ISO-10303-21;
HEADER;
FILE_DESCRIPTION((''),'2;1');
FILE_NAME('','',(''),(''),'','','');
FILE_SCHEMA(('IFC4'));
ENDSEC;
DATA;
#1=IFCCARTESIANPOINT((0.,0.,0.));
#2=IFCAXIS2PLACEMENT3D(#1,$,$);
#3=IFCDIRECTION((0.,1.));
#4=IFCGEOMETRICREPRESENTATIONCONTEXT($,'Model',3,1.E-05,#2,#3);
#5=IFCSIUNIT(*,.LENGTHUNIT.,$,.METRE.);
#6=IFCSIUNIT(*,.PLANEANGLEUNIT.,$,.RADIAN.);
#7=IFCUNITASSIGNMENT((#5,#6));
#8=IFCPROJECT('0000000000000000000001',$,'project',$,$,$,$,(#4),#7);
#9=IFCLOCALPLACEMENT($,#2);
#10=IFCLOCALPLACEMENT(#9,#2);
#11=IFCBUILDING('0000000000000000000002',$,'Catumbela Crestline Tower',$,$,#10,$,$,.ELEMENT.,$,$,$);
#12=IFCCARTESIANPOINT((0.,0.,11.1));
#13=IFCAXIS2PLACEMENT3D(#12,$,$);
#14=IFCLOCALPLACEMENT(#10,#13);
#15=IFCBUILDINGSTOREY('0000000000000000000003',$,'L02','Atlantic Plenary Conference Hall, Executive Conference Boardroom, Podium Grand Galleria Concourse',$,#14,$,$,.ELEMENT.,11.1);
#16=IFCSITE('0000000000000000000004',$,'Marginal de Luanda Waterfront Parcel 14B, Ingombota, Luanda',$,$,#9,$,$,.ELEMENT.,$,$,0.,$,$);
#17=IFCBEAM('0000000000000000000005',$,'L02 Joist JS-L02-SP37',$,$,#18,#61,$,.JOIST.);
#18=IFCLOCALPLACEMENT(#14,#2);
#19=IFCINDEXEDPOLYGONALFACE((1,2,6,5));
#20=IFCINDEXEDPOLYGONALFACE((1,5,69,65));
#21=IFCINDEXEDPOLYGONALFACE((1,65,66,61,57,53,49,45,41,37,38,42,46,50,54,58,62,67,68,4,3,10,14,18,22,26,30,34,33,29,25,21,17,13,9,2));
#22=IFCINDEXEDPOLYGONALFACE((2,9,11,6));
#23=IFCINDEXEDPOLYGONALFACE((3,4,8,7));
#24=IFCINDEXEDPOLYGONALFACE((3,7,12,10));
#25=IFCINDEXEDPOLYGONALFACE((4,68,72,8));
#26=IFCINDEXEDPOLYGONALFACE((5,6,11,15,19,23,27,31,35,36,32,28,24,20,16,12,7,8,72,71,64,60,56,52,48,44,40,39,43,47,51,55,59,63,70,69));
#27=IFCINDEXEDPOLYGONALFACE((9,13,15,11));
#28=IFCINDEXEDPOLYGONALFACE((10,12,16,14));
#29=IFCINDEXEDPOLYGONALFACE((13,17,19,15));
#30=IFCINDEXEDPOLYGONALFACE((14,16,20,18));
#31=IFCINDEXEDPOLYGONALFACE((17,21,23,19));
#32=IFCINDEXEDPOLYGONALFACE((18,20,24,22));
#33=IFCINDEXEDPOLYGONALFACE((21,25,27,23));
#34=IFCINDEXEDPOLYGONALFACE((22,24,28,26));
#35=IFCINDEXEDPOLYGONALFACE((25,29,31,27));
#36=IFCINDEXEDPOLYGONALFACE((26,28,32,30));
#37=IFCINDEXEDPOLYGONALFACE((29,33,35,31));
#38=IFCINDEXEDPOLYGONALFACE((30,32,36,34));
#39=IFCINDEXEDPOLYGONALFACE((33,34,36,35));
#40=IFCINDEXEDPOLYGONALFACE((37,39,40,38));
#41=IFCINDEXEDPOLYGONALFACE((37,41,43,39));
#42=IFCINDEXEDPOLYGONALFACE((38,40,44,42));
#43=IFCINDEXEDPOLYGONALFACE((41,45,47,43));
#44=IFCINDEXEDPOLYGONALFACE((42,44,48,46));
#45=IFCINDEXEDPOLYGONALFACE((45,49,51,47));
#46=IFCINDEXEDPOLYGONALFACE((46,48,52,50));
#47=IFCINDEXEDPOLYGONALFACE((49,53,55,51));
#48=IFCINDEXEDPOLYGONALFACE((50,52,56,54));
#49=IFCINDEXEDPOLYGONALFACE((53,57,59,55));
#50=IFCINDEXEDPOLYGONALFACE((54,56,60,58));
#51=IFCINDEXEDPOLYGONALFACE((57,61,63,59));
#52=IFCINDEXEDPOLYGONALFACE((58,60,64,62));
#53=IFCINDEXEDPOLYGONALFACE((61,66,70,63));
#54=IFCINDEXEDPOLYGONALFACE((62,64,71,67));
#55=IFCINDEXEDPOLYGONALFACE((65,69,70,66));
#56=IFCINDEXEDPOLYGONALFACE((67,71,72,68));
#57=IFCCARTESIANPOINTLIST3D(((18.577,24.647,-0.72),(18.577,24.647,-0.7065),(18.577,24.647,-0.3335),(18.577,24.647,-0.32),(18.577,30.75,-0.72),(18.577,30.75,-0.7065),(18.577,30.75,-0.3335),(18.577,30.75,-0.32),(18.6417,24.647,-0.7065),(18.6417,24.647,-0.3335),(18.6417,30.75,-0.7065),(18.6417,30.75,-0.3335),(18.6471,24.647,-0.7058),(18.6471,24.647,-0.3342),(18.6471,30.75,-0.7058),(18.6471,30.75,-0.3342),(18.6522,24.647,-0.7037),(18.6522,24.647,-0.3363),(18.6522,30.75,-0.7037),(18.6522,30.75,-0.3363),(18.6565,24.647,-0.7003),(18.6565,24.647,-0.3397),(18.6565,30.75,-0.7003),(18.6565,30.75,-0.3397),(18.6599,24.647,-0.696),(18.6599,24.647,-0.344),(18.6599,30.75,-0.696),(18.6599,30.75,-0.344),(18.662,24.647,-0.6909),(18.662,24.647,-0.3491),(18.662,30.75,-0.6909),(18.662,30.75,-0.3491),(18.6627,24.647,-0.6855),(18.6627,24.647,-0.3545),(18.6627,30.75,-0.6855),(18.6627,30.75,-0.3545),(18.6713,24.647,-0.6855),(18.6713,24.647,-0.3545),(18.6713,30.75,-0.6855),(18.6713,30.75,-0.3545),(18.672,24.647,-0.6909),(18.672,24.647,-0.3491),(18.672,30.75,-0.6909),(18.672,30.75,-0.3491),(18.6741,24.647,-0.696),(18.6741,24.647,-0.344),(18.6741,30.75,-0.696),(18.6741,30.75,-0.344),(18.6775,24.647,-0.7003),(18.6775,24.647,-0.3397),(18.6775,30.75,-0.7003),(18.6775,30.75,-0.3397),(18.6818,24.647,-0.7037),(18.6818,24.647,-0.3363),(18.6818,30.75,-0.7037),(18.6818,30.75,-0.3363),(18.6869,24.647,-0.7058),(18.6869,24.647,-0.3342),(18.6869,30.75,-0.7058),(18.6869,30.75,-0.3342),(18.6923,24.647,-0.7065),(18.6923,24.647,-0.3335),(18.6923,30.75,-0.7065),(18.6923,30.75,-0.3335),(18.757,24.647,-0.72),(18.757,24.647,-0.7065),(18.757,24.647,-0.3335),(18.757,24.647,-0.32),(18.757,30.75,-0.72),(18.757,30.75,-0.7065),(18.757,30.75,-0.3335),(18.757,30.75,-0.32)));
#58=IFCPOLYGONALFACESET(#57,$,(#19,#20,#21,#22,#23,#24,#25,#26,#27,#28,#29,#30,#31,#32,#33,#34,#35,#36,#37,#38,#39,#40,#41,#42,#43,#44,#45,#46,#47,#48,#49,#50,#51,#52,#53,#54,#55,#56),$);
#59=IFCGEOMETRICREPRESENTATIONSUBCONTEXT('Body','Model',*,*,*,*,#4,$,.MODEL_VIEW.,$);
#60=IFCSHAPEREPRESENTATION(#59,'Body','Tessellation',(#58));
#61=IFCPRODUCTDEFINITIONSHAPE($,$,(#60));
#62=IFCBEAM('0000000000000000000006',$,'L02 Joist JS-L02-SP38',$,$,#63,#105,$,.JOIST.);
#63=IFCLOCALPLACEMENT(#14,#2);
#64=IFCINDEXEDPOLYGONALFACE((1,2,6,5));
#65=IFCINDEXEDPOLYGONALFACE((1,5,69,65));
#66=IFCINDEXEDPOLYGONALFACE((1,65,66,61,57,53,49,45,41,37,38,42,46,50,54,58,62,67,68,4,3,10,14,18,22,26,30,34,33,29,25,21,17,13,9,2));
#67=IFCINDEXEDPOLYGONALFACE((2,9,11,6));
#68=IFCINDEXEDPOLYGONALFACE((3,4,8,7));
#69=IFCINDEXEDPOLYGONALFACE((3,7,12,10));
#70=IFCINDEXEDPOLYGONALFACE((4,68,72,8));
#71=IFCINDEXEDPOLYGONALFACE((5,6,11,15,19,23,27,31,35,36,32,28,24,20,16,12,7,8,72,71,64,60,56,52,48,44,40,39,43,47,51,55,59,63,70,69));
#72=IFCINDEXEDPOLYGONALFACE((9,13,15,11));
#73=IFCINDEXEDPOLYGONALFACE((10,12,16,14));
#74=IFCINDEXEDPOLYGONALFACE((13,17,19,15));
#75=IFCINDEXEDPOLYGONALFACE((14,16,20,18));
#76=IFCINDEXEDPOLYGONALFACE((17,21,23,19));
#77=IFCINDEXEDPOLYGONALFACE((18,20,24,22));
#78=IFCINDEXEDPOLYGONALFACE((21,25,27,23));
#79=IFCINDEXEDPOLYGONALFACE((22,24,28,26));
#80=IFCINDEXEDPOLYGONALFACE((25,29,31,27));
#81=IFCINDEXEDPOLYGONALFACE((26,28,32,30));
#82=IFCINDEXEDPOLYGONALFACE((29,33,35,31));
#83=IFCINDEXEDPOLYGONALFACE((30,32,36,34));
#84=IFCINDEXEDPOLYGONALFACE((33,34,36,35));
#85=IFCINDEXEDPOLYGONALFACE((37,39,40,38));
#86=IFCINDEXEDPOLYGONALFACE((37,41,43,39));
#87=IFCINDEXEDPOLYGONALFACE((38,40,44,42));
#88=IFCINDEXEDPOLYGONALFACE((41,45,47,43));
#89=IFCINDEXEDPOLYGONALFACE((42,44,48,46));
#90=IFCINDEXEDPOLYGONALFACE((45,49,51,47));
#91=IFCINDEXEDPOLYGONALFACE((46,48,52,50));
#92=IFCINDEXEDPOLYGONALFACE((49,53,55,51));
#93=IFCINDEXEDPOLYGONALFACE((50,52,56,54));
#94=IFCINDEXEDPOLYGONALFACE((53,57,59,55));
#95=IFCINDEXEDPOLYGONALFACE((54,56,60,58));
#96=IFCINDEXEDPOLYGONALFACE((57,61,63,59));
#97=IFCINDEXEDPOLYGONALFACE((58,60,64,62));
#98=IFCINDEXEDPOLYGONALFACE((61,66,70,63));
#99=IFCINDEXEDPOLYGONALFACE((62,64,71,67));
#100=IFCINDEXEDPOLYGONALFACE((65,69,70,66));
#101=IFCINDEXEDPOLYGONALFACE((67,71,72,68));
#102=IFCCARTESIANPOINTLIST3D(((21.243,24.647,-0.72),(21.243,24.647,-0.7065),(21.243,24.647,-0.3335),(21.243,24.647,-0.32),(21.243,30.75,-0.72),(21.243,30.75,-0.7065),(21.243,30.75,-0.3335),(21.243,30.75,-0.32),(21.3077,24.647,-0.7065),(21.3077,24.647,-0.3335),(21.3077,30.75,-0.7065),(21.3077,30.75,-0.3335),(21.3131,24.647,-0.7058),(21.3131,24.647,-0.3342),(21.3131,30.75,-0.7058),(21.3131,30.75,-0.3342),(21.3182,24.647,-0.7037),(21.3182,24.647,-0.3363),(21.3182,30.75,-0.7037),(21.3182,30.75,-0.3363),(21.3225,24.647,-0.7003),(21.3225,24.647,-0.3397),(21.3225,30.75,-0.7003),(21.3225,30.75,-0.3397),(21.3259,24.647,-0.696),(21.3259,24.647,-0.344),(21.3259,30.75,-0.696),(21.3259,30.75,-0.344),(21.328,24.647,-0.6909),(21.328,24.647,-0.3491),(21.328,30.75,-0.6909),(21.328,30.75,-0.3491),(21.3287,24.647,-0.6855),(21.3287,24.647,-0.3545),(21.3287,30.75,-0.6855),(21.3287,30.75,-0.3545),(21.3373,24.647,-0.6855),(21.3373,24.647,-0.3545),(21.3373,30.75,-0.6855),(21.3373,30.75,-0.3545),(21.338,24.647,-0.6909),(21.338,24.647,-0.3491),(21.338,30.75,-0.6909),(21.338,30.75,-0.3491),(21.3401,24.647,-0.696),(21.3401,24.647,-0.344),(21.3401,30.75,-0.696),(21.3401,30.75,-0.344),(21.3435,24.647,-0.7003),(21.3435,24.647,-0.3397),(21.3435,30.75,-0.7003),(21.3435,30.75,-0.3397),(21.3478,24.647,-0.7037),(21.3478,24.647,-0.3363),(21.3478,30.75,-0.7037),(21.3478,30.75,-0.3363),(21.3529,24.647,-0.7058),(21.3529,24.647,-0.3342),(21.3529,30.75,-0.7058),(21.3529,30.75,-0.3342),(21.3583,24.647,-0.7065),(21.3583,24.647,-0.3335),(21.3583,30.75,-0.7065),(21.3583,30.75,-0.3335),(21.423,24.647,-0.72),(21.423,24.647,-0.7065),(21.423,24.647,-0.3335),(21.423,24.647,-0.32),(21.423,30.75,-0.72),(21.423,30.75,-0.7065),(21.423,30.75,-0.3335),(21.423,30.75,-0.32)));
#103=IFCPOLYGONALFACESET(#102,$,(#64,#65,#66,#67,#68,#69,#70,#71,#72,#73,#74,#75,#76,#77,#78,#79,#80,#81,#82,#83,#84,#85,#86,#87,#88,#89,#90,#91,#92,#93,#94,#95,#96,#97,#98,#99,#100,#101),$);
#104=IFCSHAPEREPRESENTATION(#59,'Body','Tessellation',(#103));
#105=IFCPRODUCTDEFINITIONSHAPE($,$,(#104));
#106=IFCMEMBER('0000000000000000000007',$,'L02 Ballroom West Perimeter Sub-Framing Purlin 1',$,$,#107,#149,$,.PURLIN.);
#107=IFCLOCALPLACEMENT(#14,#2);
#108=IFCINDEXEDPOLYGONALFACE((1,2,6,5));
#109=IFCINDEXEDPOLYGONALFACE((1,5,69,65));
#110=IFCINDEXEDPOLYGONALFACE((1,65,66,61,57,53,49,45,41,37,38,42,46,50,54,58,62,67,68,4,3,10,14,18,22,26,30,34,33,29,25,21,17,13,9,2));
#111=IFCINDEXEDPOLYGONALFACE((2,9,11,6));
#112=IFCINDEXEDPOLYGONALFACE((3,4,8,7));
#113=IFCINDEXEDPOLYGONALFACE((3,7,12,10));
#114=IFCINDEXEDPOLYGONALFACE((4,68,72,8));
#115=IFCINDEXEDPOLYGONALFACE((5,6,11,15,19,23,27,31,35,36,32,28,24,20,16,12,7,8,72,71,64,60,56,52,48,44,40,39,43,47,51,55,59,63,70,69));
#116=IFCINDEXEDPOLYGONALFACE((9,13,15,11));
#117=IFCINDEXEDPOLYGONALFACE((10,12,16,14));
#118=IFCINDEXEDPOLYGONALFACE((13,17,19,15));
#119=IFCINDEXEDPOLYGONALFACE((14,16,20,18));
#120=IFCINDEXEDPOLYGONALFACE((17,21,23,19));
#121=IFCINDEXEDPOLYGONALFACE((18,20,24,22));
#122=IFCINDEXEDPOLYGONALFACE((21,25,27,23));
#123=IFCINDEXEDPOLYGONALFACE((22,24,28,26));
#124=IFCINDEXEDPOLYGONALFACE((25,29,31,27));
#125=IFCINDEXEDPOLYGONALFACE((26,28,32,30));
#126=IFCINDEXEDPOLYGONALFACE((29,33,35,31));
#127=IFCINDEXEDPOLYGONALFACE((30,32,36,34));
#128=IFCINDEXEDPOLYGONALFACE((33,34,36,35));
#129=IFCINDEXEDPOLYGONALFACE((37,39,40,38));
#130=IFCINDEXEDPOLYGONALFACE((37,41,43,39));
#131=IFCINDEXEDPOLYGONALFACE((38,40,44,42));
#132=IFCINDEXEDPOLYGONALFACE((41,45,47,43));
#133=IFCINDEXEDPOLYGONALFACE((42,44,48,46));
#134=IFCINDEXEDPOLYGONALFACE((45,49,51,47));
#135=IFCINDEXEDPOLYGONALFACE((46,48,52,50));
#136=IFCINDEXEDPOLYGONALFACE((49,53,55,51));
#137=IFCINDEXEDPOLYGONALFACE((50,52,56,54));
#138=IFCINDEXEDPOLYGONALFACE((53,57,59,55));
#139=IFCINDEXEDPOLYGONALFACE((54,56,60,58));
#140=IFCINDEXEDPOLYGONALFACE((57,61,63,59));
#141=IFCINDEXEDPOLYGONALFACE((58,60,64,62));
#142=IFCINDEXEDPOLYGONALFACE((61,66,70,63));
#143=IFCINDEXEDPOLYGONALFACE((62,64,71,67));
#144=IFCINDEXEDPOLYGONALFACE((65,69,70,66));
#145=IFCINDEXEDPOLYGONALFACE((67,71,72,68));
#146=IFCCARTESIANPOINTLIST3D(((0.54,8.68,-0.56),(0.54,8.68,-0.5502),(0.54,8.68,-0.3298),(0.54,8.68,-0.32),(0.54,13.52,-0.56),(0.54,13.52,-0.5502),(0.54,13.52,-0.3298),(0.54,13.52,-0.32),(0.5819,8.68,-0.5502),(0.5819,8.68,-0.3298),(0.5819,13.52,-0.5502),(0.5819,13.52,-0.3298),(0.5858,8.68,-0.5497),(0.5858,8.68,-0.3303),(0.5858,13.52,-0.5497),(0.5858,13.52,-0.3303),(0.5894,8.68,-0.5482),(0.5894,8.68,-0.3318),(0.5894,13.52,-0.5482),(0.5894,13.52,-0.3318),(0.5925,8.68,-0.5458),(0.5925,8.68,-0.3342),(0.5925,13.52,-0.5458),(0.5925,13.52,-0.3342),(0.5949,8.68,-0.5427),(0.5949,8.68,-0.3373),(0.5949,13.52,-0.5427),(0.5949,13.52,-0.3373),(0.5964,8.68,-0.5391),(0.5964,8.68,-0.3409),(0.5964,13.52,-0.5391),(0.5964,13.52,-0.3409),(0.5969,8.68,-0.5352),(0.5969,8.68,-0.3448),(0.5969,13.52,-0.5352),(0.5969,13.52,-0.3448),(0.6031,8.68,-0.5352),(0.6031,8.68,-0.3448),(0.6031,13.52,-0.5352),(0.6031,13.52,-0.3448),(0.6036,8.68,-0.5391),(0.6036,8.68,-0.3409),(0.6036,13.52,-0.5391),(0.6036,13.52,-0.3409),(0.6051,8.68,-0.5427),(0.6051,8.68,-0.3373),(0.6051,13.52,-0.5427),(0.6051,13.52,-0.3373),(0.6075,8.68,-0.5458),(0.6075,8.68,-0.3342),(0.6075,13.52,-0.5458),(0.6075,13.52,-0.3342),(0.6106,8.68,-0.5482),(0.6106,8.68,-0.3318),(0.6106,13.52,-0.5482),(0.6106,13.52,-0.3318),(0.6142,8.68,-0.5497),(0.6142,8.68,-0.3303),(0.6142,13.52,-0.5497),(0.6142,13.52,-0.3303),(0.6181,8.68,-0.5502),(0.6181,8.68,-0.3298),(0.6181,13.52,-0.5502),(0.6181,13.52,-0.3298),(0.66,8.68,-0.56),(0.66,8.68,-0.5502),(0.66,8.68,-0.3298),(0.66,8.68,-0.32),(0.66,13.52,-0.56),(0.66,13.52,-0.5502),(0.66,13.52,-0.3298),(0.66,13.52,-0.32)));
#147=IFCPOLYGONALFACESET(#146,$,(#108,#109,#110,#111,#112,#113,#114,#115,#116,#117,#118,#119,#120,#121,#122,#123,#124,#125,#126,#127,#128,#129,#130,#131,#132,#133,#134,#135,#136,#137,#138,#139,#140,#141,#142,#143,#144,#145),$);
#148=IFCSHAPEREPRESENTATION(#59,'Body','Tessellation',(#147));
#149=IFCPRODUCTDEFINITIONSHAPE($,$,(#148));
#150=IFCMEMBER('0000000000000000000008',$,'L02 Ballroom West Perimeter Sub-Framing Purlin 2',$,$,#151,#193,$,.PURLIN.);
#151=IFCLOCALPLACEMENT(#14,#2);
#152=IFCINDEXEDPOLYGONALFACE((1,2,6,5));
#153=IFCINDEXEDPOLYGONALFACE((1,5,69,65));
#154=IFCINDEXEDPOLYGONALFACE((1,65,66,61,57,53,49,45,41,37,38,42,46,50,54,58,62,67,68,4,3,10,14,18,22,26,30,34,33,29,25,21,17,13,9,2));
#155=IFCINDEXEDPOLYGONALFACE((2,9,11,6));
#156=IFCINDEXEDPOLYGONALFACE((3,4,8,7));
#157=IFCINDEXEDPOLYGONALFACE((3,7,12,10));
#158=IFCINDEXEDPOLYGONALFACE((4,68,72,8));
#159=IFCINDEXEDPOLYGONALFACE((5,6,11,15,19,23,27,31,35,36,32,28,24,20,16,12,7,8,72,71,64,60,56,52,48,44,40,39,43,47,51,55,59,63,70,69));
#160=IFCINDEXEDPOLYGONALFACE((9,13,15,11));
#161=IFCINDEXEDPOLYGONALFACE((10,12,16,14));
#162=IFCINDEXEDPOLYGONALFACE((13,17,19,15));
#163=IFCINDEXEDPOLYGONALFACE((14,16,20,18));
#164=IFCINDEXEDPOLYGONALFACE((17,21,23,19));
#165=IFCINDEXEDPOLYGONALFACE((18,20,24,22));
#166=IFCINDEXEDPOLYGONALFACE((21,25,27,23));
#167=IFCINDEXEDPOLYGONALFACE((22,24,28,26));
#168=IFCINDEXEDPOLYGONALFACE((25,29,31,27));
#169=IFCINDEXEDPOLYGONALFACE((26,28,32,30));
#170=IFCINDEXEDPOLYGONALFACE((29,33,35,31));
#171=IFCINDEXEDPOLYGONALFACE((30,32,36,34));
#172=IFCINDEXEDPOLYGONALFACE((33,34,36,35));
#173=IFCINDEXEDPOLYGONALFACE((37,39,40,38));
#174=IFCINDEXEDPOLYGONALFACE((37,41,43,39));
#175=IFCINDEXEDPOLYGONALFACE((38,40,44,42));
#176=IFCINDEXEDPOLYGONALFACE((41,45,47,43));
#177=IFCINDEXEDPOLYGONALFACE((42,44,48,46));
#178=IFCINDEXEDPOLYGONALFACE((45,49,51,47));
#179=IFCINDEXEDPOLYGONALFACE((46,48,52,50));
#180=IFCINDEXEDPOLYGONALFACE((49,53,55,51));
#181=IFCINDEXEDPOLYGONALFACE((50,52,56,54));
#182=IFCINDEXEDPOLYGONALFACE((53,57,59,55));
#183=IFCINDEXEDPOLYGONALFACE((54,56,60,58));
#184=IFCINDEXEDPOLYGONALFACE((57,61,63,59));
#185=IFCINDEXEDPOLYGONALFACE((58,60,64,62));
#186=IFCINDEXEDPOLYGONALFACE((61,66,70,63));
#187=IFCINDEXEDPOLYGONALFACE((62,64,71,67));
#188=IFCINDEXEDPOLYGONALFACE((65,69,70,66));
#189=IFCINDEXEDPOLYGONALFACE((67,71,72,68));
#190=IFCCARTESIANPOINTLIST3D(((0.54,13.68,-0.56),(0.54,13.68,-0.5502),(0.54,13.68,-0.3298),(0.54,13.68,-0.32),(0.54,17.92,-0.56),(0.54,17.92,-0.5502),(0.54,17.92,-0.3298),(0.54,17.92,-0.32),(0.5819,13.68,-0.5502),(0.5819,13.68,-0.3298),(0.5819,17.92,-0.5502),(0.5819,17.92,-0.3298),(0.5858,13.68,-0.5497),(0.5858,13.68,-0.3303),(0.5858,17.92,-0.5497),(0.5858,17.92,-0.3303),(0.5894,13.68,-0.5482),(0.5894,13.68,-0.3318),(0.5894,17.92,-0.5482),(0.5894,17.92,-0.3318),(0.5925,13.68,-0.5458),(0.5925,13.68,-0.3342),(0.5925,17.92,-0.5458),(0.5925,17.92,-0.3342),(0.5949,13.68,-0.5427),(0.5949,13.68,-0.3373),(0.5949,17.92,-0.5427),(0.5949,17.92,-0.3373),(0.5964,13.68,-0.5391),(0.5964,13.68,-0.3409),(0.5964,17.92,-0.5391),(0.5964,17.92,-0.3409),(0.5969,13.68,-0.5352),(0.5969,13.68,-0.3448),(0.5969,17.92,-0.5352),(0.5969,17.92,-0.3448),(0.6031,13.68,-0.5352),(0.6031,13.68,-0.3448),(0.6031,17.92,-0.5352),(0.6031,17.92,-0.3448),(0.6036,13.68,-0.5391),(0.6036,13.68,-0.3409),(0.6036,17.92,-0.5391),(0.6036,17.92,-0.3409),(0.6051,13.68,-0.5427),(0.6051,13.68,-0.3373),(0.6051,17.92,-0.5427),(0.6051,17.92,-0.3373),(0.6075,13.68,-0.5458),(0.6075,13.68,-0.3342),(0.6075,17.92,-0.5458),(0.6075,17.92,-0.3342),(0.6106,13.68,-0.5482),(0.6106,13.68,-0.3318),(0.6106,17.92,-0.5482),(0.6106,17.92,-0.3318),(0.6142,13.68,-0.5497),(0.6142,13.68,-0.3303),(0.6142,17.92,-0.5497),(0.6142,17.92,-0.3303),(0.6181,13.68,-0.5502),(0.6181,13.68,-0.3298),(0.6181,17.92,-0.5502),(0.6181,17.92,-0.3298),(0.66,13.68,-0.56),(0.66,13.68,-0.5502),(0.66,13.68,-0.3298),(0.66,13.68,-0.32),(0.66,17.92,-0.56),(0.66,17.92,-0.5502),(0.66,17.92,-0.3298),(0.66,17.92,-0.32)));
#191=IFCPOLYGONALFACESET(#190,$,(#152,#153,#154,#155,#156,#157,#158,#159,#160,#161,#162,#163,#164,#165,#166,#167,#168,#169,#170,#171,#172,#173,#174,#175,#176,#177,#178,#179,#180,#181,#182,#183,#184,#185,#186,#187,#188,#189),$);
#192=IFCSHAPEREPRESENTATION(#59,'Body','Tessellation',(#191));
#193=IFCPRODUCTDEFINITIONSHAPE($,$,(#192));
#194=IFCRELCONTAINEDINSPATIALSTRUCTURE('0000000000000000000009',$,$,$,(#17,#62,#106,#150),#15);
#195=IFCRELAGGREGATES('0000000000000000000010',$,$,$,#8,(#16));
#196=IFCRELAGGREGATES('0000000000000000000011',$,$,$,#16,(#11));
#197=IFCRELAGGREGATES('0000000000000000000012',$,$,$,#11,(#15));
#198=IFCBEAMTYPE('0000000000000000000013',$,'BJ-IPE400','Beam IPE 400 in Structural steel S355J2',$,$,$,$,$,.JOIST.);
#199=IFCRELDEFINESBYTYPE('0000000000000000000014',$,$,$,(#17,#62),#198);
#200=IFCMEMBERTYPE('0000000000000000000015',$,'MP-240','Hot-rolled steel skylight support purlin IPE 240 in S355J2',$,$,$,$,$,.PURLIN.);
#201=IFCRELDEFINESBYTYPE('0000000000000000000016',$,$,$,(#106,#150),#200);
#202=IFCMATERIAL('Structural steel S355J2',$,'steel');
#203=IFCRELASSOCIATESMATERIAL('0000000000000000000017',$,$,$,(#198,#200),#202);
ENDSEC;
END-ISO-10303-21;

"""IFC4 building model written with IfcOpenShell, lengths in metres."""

from ifc_helpers import new_model, si_unit, direction, frame, origin, origin_2d, place, context, subcontext, project, spatial, i_section, extrude, material, material_profile, profile_set, type_object, element, save


model = new_model("IFC4")

# Units and contexts
model_context = context("Model", 3, precision=1e-05, world=origin(), true_north=direction((0.0, 1.0)))
body_context = subcontext(model_context, "Body", "Model", "MODEL_VIEW")
ifc_project = project(units=[si_unit("LENGTHUNIT", "METRE"), si_unit("PLANEANGLEUNIT", "RADIAN")], contexts=[model_context])

# Site, building, storey
site_placement = place(None, origin())
site = spatial("IfcSite", under=ifc_project, at=site_placement, Name="Marginal de Luanda Waterfront Parcel 14B, Ingombota, Luanda", CompositionType="ELEMENT", RefElevation=0.0)
building_placement = place(site_placement, origin())
building = spatial("IfcBuilding", under=site, at=building_placement, Name="Catumbela Crestline Tower", CompositionType="ELEMENT")
storey_placement = place(building_placement, frame((0.0, 0.0, 11.1)))
storey = spatial("IfcBuildingStorey", under=building, at=storey_placement, Name="L02", Description="Atlantic Plenary Conference Hall, Executive Conference Boardroom, Podium Grand Galleria Concourse", CompositionType="ELEMENT", Elevation=11.1)

# Beams
ifc_material_1 = material(Name="Structural steel S355J2", Category="steel")
ifc_material_profile_1 = material_profile(ifc_material_1, i_section(OverallWidth=0.18, OverallDepth=0.4, WebThickness=0.0086, FlangeThickness=0.0135, FilletRadius=0.021, at=origin_2d()), Name="IPE 400")
ifc_profile_set_1 = profile_set([ifc_material_profile_1], Name="Structural steel S355J2")
beam_type_1 = type_object("IfcBeamType", Name="BJ-IPE400", Description="Beam IPE 400 in Structural steel S355J2", PredefinedType="JOIST", material=ifc_profile_set_1)
for number, where, z_axis, x_axis, name in (
    (1, (18.667, 24.647, -0.52), (0.0, 1.0, 0.0), (-1.0, 0.0, 0.0), "L02 Joist JS-L02-SP37"),
    (2, (21.333, 24.647, -0.52), (0.0, 1.0, 0.0), (-1.0, 0.0, 0.0), "L02 Joist JS-L02-SP38"),
):
    element("IfcBeam", number, at=place(storey_placement, frame(where, z_axis=z_axis, x_axis=x_axis)), inside=storey, type_object=beam_type_1, Name=name, PredefinedType="JOIST", context=body_context, shape_type="SweptSolid", body=[
        extrude(i_section(OverallWidth=0.18, OverallDepth=0.4, WebThickness=0.0086, FlangeThickness=0.0135, FilletRadius=0.021, at=origin_2d()), origin(), (0.0, 0.0, 1.0), 6.103),
    ])

# Members
ifc_material_profile_2 = material_profile(ifc_material_1, i_section(OverallWidth=0.12, OverallDepth=0.24, WebThickness=0.0062, FlangeThickness=0.0098, FilletRadius=0.015, at=origin_2d()), Name="IPE 240")
ifc_profile_set_2 = profile_set([ifc_material_profile_2], Name="Structural steel S355J2")
member_type = type_object("IfcMemberType", Name="MP-240", Description="Hot-rolled steel skylight support purlin IPE 240 in S355J2", PredefinedType="PURLIN", material=ifc_profile_set_2)
member_1_placement = place(storey_placement, frame((0.6, 8.68, -0.44), z_axis=(0.0, 1.0, 0.0), x_axis=(-1.0, 0.0, 0.0)))
element("IfcMember", 3, at=member_1_placement, inside=storey, type_object=member_type, Name="L02 Ballroom West Perimeter Sub-Framing Purlin 1", PredefinedType="PURLIN", context=body_context, shape_type="SweptSolid", body=[
    extrude(i_section(OverallWidth=0.12, OverallDepth=0.24, WebThickness=0.0062, FlangeThickness=0.0098, FilletRadius=0.015, at=origin_2d()), origin(), (0.0, 0.0, 1.0), 4.84),
])
member_2_placement = place(storey_placement, frame((0.6, 13.68, -0.44), z_axis=(0.0, 1.0, 0.0), x_axis=(-1.0, 0.0, 0.0)))
element("IfcMember", 4, at=member_2_placement, inside=storey, type_object=member_type, Name="L02 Ballroom West Perimeter Sub-Framing Purlin 2", PredefinedType="PURLIN", context=body_context, shape_type="SweptSolid", body=[
    extrude(i_section(OverallWidth=0.12, OverallDepth=0.24, WebThickness=0.0062, FlangeThickness=0.0098, FilletRadius=0.015, at=origin_2d()), origin(), (0.0, 0.0, 1.0), 4.24),
])

save(model, "model.ifc")
